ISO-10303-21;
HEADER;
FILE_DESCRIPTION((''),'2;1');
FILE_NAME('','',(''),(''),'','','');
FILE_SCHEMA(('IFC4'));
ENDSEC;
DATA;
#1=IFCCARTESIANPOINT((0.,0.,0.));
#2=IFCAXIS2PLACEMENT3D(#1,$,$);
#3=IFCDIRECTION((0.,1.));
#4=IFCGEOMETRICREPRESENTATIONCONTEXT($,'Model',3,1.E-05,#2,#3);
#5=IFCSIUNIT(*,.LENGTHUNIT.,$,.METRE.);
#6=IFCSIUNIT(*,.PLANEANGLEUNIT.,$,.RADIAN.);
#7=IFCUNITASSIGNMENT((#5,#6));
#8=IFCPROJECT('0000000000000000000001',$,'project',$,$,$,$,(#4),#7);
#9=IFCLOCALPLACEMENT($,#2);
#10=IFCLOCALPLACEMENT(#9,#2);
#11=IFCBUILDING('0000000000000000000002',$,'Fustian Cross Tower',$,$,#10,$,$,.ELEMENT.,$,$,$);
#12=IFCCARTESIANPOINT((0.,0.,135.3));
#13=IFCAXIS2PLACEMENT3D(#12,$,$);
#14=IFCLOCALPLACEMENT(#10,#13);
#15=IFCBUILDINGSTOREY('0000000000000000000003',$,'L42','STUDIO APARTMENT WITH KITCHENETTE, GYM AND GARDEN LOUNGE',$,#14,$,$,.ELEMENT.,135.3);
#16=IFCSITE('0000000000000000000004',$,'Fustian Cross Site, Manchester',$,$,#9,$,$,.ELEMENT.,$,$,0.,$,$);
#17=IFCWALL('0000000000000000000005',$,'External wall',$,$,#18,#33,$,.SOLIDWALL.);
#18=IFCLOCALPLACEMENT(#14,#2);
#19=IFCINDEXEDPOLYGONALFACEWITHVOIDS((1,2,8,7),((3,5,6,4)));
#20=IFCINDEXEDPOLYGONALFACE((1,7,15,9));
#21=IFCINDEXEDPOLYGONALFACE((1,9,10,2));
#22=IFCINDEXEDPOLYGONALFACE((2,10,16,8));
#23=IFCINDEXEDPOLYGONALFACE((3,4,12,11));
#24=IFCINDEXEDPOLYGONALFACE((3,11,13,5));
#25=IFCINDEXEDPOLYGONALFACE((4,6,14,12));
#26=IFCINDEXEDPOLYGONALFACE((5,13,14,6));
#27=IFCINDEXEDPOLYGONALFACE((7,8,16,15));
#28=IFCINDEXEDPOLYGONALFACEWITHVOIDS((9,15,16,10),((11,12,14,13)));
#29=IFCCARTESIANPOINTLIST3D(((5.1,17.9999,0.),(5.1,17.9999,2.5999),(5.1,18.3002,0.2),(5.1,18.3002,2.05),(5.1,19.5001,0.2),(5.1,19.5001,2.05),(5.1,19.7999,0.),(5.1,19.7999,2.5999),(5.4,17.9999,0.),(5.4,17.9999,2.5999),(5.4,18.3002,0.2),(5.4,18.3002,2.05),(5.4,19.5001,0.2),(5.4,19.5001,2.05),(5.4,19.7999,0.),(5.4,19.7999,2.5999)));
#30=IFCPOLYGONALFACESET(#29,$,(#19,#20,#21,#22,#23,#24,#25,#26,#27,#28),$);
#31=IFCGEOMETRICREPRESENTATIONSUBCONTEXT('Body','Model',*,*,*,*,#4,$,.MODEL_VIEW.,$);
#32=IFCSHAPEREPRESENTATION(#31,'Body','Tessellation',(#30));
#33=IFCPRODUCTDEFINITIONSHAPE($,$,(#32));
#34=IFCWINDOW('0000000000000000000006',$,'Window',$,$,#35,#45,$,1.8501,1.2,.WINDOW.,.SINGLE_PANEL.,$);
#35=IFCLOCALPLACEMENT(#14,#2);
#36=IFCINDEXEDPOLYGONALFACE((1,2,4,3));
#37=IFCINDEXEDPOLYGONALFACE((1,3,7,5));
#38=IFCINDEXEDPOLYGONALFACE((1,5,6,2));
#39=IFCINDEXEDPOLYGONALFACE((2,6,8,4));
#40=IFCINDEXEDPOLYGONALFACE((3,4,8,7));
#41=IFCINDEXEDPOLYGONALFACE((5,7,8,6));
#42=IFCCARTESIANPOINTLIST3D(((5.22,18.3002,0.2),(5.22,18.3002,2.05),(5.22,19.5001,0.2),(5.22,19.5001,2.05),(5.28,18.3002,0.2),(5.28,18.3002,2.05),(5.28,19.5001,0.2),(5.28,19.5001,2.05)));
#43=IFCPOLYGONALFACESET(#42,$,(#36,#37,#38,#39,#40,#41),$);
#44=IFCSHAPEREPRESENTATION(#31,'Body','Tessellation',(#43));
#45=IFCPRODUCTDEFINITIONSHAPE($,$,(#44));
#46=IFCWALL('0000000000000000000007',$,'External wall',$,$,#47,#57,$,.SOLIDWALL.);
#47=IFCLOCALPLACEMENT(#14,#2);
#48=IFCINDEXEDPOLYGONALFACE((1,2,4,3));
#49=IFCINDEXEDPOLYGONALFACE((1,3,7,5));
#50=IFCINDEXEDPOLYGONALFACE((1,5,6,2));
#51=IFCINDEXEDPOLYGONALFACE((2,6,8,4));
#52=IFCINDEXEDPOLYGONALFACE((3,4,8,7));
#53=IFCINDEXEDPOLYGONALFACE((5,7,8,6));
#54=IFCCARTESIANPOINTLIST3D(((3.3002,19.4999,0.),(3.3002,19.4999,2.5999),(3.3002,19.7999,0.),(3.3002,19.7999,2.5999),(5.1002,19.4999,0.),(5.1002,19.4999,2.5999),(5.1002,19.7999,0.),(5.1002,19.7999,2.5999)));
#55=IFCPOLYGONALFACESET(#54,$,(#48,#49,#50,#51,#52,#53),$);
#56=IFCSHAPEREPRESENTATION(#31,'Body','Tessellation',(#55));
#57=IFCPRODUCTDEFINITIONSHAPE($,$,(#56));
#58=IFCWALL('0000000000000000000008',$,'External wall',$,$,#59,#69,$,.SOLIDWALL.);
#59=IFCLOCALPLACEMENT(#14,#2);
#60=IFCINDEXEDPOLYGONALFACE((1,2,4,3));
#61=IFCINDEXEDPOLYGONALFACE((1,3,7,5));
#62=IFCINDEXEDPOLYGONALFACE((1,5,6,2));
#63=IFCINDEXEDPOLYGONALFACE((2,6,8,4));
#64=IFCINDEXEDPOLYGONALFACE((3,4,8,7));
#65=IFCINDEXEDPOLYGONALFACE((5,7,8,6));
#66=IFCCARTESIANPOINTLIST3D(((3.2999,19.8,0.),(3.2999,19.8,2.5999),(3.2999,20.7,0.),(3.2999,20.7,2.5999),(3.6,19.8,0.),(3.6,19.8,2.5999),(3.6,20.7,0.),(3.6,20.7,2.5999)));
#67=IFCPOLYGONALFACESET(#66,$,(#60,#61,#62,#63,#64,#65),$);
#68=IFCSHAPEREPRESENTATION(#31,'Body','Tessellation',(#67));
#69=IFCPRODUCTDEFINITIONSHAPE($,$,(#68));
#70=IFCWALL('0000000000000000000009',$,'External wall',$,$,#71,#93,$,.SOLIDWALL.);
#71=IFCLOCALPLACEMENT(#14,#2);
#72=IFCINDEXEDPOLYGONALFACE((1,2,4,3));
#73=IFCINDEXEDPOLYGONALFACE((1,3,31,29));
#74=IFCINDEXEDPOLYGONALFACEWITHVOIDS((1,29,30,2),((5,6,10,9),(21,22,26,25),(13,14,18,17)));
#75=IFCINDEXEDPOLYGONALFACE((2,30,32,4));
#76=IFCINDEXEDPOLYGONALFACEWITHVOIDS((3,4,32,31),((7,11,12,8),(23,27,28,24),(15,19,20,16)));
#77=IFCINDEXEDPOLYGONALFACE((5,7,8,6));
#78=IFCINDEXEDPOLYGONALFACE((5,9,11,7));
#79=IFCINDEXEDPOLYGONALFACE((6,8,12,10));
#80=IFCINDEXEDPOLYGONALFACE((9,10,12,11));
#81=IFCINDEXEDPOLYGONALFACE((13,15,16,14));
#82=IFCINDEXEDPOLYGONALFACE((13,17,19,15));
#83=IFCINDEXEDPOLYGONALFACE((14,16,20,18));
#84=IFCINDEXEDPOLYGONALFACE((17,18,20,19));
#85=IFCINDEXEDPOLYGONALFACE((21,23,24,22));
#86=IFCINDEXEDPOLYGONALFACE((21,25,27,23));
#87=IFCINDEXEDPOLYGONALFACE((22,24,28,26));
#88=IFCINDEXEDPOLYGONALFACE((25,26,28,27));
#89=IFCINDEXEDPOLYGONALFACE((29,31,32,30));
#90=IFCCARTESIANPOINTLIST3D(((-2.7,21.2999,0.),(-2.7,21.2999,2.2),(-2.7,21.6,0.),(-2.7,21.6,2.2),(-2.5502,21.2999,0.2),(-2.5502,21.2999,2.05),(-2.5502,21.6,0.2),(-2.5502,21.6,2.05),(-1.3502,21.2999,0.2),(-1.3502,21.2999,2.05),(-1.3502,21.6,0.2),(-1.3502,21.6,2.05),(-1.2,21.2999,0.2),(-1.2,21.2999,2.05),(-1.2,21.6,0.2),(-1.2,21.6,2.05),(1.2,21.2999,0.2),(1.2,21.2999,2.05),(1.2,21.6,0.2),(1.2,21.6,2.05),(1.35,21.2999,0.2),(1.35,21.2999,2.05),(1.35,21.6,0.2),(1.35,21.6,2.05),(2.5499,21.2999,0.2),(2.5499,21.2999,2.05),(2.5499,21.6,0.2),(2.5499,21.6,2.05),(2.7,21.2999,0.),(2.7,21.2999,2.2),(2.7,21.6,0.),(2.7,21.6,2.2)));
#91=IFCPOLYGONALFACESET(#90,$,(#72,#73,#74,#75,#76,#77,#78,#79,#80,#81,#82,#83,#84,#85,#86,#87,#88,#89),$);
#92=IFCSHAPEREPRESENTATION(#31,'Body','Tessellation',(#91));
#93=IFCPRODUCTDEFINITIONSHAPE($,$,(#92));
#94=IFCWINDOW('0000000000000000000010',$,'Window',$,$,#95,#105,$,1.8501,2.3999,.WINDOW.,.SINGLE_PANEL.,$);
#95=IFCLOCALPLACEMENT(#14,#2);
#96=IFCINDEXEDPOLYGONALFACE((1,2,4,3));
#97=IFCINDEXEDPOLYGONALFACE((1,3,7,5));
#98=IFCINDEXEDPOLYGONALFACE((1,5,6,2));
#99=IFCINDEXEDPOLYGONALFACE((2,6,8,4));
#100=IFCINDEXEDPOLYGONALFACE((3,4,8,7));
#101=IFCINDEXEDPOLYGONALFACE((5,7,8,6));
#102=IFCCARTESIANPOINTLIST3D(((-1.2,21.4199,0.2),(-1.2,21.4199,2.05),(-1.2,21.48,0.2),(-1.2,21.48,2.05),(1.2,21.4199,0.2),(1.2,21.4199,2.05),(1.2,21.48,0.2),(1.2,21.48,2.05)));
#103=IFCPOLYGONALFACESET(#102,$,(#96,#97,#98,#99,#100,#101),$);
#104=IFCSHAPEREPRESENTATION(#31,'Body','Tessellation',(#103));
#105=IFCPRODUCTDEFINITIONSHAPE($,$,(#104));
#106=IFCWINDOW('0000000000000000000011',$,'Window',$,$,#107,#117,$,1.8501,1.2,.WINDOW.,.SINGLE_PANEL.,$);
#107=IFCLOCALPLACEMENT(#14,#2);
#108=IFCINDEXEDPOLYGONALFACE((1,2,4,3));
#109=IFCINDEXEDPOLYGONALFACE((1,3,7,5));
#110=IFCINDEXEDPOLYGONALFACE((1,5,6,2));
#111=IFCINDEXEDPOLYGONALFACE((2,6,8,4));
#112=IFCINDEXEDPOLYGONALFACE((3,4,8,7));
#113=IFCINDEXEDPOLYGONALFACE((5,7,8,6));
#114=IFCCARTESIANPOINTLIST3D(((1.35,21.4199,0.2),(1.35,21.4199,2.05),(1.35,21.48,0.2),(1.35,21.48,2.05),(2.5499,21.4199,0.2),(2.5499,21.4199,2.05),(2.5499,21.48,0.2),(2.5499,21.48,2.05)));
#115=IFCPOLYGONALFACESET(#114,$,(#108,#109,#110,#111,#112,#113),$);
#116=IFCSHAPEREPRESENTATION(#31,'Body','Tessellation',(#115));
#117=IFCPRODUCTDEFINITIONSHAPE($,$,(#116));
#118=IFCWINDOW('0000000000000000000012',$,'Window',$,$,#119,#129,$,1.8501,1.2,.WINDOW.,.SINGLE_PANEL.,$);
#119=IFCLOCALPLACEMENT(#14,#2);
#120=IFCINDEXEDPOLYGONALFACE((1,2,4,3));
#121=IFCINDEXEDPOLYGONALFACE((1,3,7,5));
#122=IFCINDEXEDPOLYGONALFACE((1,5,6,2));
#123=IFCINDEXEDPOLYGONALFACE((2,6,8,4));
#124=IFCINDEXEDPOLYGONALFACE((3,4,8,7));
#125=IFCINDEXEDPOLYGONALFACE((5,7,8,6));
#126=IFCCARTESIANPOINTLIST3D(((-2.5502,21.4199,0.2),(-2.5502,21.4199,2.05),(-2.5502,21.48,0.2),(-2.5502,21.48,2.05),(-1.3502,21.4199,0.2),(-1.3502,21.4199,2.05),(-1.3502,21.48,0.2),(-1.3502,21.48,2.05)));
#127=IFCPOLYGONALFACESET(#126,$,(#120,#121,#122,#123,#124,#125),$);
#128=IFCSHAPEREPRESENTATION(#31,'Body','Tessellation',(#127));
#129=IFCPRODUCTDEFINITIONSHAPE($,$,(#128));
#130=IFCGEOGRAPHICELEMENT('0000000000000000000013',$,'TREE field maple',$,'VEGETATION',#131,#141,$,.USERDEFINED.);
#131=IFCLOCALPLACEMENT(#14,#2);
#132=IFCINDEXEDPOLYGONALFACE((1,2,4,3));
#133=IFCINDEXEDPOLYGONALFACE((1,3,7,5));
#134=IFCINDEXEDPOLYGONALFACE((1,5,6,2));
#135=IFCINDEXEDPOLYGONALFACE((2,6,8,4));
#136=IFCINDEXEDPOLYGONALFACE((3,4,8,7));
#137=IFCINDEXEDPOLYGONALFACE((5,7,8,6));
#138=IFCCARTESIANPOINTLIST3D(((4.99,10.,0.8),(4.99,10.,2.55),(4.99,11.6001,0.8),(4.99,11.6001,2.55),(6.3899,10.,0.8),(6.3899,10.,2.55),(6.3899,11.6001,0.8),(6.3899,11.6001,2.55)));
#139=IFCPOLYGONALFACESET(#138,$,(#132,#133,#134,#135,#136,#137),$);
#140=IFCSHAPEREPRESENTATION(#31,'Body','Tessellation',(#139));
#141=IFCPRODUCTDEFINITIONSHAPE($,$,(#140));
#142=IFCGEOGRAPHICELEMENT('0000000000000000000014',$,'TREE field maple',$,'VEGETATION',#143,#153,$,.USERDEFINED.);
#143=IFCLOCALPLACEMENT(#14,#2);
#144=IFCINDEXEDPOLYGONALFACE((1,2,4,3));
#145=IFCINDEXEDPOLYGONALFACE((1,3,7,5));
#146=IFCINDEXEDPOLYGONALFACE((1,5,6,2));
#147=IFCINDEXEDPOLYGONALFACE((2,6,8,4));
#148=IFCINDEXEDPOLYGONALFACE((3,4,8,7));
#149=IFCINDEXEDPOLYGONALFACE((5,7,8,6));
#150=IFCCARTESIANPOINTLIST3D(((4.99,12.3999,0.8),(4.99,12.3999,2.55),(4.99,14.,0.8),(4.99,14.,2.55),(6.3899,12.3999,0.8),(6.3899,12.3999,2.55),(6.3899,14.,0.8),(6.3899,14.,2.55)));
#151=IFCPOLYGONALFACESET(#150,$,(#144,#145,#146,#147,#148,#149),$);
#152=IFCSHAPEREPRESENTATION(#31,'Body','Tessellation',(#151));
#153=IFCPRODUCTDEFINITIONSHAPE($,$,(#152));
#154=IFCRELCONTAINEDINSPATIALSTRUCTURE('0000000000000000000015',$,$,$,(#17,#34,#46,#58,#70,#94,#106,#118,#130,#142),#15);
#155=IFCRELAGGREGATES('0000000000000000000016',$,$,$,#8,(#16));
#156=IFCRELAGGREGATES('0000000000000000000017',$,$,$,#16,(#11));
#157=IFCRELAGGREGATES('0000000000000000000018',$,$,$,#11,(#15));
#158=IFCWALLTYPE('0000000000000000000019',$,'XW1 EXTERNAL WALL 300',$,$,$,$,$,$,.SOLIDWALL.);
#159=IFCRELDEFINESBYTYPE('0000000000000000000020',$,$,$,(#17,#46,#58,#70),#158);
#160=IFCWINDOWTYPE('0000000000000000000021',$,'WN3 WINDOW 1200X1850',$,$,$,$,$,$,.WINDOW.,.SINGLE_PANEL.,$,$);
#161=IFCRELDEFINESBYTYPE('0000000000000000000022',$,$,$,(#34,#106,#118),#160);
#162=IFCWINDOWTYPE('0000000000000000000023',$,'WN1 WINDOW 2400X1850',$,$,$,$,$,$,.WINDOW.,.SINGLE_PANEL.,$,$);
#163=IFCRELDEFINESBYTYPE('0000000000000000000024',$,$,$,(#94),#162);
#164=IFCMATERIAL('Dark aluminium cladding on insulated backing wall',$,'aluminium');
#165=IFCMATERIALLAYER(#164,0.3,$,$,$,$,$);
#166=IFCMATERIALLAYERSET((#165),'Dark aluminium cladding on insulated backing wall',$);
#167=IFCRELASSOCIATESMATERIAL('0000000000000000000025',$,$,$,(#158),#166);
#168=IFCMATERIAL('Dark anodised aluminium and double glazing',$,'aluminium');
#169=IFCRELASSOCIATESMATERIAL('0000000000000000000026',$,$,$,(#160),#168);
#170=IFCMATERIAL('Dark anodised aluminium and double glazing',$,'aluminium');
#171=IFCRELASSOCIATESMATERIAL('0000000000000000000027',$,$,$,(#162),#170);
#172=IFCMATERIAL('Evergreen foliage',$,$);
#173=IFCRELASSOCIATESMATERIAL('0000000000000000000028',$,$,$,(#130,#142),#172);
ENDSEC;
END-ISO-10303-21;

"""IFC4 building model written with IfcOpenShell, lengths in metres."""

from ifc_helpers import new_model, si_unit, direction, frame, frame_2d, origin, origin_2d, place, context, subcontext, project, spatial, rectangle, extrude, material, layer, layer_set, type_object, element, fill, save


model = new_model("IFC4")

# Units and contexts
model_context = context("Model", 3, precision=1e-05, world=origin(), true_north=direction((0.0, 1.0)))
body_context = subcontext(model_context, "Body", "Model", "MODEL_VIEW")
ifc_project = project(units=[si_unit("LENGTHUNIT", "METRE"), si_unit("PLANEANGLEUNIT", "RADIAN")], contexts=[model_context])

# Site, building, storey
site_placement = place(None, origin())
site = spatial("IfcSite", under=ifc_project, at=site_placement, Name="Fustian Cross Site, Manchester", CompositionType="ELEMENT", RefElevation=0.0)
building_placement = place(site_placement, origin())
building = spatial("IfcBuilding", under=site, at=building_placement, Name="Fustian Cross Tower", CompositionType="ELEMENT")
storey_placement = place(building_placement, frame((0.0, 0.0, 135.3)))
storey = spatial("IfcBuildingStorey", under=building, at=storey_placement, Name="L42", Description="STUDIO APARTMENT WITH KITCHENETTE, GYM AND GARDEN LOUNGE", CompositionType="ELEMENT", Elevation=135.3)

# Shared definitions
ifc_material_1 = material(Name="Dark aluminium cladding on insulated backing wall", Category="aluminium")
ifc_layer_1 = layer(ifc_material_1, 0.3)
ifc_layer_set_1 = layer_set([ifc_layer_1], Name="Dark aluminium cladding on insulated backing wall")
wall_type_1 = type_object("IfcWallType", Name="XW1 EXTERNAL WALL 300", PredefinedType="SOLIDWALL", material=ifc_layer_set_1)

# Shared definitions
ifc_material_2 = material(Name="Dark anodised aluminium and double glazing", Category="aluminium")
window_type_1 = type_object("IfcWindowType", Name="WN3 WINDOW 1200X1850", PartitioningType="SINGLE_PANEL", PredefinedType="WINDOW", material=ifc_material_2)

# Wall, opening, window
wall_1_placement = place(storey_placement, frame((5.25, 18.0, 0.0), z_axis=(0.0, 0.0, 1.0), x_axis=(0.0, 1.0, 0.0)))
wall_1 = element("IfcWall", 1, at=wall_1_placement, inside=storey, type_object=wall_type_1, Name="External wall", PredefinedType="SOLIDWALL", context=body_context, shape_type="SweptSolid", body=[
    extrude(rectangle(XDim=1.8, YDim=0.3, at=frame_2d((0.8999, 0.0))), origin(), (0.0, 0.0, 1.0), 2.5999),
])
opening_1_placement = place(wall_1_placement, frame((0.3, 0.0, 0.2)))
opening_1 = element("IfcOpeningElement", 2, at=opening_1_placement, cuts=wall_1, PredefinedType="OPENING", context=body_context, shape_type="SweptSolid", body=[
    extrude(rectangle(XDim=1.2, YDim=1.8501, at=frame_2d((0.6001, 0.925))), frame((0.0, 0.1599, 0.0), z_axis=(0.0, -1.0, 0.0), x_axis=(1.0, 0.0, 0.0)), (0.0, 0.0, 1.0), 0.3201),
])
window_1_placement = place(opening_1_placement, origin())
window_1 = element("IfcWindow", 3, at=window_1_placement, inside=storey, type_object=window_type_1, Name="Window", OverallHeight=1.8501, OverallWidth=1.2, PartitioningType="SINGLE_PANEL", PredefinedType="WINDOW", context=body_context, shape_type="SweptSolid", body=[
    extrude(rectangle(XDim=1.2, YDim=1.8501, at=frame_2d((0.6001, 0.925))), frame((0.0, 0.03, 0.0), z_axis=(0.0, -1.0, 0.0), x_axis=(1.0, 0.0, 0.0)), (0.0, 0.0, 1.0), 0.0601),
])
fill(opening_1, window_1)

# Walls
wall_2_placement = place(storey_placement, frame((5.1001, 19.6499, 0.0), z_axis=(0.0, 0.0, 1.0), x_axis=(-1.0, 0.0, 0.0)))
element("IfcWall", 4, at=wall_2_placement, inside=storey, type_object=wall_type_1, Name="External wall", PredefinedType="SOLIDWALL", context=body_context, shape_type="SweptSolid", body=[
    extrude(rectangle(XDim=1.8, YDim=0.3, at=frame_2d((0.8999, 0.0))), origin(), (0.0, 0.0, 1.0), 2.5999),
])
wall_3_placement = place(storey_placement, frame((3.45, 19.8, 0.0), z_axis=(0.0, 0.0, 1.0), x_axis=(0.0, 1.0, 0.0)))
element("IfcWall", 5, at=wall_3_placement, inside=storey, type_object=wall_type_1, Name="External wall", PredefinedType="SOLIDWALL", context=body_context, shape_type="SweptSolid", body=[
    extrude(rectangle(XDim=0.8999, YDim=0.3, at=frame_2d((0.45, 0.0))), origin(), (0.0, 0.0, 1.0), 2.5999),
])

# Wall, openings, windows
wall_4_placement = place(storey_placement, frame((2.7, 21.45, 0.0), z_axis=(0.0, 0.0, 1.0), x_axis=(-1.0, 0.0, 0.0)))
wall_4 = element("IfcWall", 6, at=wall_4_placement, inside=storey, type_object=wall_type_1, Name="External wall", PredefinedType="SOLIDWALL", context=body_context, shape_type="SweptSolid", body=[
    extrude(rectangle(XDim=5.3999, YDim=0.3, at=frame_2d((2.7, 0.0))), origin(), (0.0, 0.0, 1.0), 2.2),
])
opening_2_placement = place(wall_4_placement, frame((1.5, 0.0, 0.2)))
opening_2 = element("IfcOpeningElement", 7, at=opening_2_placement, cuts=wall_4, PredefinedType="OPENING", context=body_context, shape_type="SweptSolid", body=[
    extrude(rectangle(XDim=2.3999, YDim=1.8501, at=frame_2d((1.2, 0.925))), frame((0.0, 0.1599, 0.0), z_axis=(0.0, -1.0, 0.0), x_axis=(1.0, 0.0, 0.0)), (0.0, 0.0, 1.0), 0.3201),
])
opening_3_placement = place(wall_4_placement, frame((0.1499, 0.0, 0.2)))
opening_3 = element("IfcOpeningElement", 8, at=opening_3_placement, cuts=wall_4, PredefinedType="OPENING", context=body_context, shape_type="SweptSolid", body=[
    extrude(rectangle(XDim=1.2, YDim=1.8501, at=frame_2d((0.6001, 0.925))), frame((0.0, 0.1599, 0.0), z_axis=(0.0, -1.0, 0.0), x_axis=(1.0, 0.0, 0.0)), (0.0, 0.0, 1.0), 0.3201),
])
opening_4_placement = place(wall_4_placement, frame((4.05, 0.0, 0.2)))
opening_4 = element("IfcOpeningElement", 9, at=opening_4_placement, cuts=wall_4, PredefinedType="OPENING", context=body_context, shape_type="SweptSolid", body=[
    extrude(rectangle(XDim=1.2, YDim=1.8501, at=frame_2d((0.6001, 0.925))), frame((0.0, 0.1599, 0.0), z_axis=(0.0, -1.0, 0.0), x_axis=(1.0, 0.0, 0.0)), (0.0, 0.0, 1.0), 0.3201),
])
ifc_material_3 = material(Name="Dark anodised aluminium and double glazing", Category="aluminium")
window_type_2 = type_object("IfcWindowType", Name="WN1 WINDOW 2400X1850", PartitioningType="SINGLE_PANEL", PredefinedType="WINDOW", material=ifc_material_3)
window_2_placement = place(opening_2_placement, origin())
window_2 = element("IfcWindow", 10, at=window_2_placement, inside=storey, type_object=window_type_2, Name="Window", OverallHeight=1.8501, OverallWidth=2.3999, PartitioningType="SINGLE_PANEL", PredefinedType="WINDOW", context=body_context, shape_type="SweptSolid", body=[
    extrude(rectangle(XDim=2.3999, YDim=1.8501, at=frame_2d((1.2, 0.925))), frame((0.0, 0.03, 0.0), z_axis=(0.0, -1.0, 0.0), x_axis=(1.0, 0.0, 0.0)), (0.0, 0.0, 1.0), 0.0601),
])
fill(opening_2, window_2)
window_3_placement = place(opening_3_placement, origin())
window_3 = element("IfcWindow", 11, at=window_3_placement, inside=storey, type_object=window_type_1, Name="Window", OverallHeight=1.8501, OverallWidth=1.2, PartitioningType="SINGLE_PANEL", PredefinedType="WINDOW", context=body_context, shape_type="SweptSolid", body=[
    extrude(rectangle(XDim=1.2, YDim=1.8501, at=frame_2d((0.6001, 0.925))), frame((0.0, 0.03, 0.0), z_axis=(0.0, -1.0, 0.0), x_axis=(1.0, 0.0, 0.0)), (0.0, 0.0, 1.0), 0.0601),
])
fill(opening_3, window_3)
window_4_placement = place(opening_4_placement, origin())
window_4 = element("IfcWindow", 12, at=window_4_placement, inside=storey, type_object=window_type_1, Name="Window", OverallHeight=1.8501, OverallWidth=1.2, PartitioningType="SINGLE_PANEL", PredefinedType="WINDOW", context=body_context, shape_type="SweptSolid", body=[
    extrude(rectangle(XDim=1.2, YDim=1.8501, at=frame_2d((0.6001, 0.925))), frame((0.0, 0.03, 0.0), z_axis=(0.0, -1.0, 0.0), x_axis=(1.0, 0.0, 0.0)), (0.0, 0.0, 1.0), 0.0601),
])
fill(opening_4, window_4)

# Geographic elements
ifc_material_4 = material(Name="Evergreen foliage")
for number, where, z_axis, x_axis, name in (
    (13, (5.6899, 10.8, 0.8), (0.0, 0.0, 1.0), (1.0, 0.0, 0.0), "TREE field maple"),
    (14, (5.6899, 13.2, 0.8), (0.0, 0.0, 1.0), (1.0, 0.0, 0.0), "TREE field maple"),
):
    element("IfcGeographicElement", number, at=place(storey_placement, frame(where, z_axis=z_axis, x_axis=x_axis)), inside=storey, material=ifc_material_4, Name=name, ObjectType="VEGETATION", PredefinedType="USERDEFINED", context=body_context, shape_type="SweptSolid", body=[
        extrude(rectangle(XDim=1.3999, YDim=1.6001, at=origin_2d()), origin(), (0.0, 0.0, 1.0), 1.75),
    ])

save(model, "model.ifc")
